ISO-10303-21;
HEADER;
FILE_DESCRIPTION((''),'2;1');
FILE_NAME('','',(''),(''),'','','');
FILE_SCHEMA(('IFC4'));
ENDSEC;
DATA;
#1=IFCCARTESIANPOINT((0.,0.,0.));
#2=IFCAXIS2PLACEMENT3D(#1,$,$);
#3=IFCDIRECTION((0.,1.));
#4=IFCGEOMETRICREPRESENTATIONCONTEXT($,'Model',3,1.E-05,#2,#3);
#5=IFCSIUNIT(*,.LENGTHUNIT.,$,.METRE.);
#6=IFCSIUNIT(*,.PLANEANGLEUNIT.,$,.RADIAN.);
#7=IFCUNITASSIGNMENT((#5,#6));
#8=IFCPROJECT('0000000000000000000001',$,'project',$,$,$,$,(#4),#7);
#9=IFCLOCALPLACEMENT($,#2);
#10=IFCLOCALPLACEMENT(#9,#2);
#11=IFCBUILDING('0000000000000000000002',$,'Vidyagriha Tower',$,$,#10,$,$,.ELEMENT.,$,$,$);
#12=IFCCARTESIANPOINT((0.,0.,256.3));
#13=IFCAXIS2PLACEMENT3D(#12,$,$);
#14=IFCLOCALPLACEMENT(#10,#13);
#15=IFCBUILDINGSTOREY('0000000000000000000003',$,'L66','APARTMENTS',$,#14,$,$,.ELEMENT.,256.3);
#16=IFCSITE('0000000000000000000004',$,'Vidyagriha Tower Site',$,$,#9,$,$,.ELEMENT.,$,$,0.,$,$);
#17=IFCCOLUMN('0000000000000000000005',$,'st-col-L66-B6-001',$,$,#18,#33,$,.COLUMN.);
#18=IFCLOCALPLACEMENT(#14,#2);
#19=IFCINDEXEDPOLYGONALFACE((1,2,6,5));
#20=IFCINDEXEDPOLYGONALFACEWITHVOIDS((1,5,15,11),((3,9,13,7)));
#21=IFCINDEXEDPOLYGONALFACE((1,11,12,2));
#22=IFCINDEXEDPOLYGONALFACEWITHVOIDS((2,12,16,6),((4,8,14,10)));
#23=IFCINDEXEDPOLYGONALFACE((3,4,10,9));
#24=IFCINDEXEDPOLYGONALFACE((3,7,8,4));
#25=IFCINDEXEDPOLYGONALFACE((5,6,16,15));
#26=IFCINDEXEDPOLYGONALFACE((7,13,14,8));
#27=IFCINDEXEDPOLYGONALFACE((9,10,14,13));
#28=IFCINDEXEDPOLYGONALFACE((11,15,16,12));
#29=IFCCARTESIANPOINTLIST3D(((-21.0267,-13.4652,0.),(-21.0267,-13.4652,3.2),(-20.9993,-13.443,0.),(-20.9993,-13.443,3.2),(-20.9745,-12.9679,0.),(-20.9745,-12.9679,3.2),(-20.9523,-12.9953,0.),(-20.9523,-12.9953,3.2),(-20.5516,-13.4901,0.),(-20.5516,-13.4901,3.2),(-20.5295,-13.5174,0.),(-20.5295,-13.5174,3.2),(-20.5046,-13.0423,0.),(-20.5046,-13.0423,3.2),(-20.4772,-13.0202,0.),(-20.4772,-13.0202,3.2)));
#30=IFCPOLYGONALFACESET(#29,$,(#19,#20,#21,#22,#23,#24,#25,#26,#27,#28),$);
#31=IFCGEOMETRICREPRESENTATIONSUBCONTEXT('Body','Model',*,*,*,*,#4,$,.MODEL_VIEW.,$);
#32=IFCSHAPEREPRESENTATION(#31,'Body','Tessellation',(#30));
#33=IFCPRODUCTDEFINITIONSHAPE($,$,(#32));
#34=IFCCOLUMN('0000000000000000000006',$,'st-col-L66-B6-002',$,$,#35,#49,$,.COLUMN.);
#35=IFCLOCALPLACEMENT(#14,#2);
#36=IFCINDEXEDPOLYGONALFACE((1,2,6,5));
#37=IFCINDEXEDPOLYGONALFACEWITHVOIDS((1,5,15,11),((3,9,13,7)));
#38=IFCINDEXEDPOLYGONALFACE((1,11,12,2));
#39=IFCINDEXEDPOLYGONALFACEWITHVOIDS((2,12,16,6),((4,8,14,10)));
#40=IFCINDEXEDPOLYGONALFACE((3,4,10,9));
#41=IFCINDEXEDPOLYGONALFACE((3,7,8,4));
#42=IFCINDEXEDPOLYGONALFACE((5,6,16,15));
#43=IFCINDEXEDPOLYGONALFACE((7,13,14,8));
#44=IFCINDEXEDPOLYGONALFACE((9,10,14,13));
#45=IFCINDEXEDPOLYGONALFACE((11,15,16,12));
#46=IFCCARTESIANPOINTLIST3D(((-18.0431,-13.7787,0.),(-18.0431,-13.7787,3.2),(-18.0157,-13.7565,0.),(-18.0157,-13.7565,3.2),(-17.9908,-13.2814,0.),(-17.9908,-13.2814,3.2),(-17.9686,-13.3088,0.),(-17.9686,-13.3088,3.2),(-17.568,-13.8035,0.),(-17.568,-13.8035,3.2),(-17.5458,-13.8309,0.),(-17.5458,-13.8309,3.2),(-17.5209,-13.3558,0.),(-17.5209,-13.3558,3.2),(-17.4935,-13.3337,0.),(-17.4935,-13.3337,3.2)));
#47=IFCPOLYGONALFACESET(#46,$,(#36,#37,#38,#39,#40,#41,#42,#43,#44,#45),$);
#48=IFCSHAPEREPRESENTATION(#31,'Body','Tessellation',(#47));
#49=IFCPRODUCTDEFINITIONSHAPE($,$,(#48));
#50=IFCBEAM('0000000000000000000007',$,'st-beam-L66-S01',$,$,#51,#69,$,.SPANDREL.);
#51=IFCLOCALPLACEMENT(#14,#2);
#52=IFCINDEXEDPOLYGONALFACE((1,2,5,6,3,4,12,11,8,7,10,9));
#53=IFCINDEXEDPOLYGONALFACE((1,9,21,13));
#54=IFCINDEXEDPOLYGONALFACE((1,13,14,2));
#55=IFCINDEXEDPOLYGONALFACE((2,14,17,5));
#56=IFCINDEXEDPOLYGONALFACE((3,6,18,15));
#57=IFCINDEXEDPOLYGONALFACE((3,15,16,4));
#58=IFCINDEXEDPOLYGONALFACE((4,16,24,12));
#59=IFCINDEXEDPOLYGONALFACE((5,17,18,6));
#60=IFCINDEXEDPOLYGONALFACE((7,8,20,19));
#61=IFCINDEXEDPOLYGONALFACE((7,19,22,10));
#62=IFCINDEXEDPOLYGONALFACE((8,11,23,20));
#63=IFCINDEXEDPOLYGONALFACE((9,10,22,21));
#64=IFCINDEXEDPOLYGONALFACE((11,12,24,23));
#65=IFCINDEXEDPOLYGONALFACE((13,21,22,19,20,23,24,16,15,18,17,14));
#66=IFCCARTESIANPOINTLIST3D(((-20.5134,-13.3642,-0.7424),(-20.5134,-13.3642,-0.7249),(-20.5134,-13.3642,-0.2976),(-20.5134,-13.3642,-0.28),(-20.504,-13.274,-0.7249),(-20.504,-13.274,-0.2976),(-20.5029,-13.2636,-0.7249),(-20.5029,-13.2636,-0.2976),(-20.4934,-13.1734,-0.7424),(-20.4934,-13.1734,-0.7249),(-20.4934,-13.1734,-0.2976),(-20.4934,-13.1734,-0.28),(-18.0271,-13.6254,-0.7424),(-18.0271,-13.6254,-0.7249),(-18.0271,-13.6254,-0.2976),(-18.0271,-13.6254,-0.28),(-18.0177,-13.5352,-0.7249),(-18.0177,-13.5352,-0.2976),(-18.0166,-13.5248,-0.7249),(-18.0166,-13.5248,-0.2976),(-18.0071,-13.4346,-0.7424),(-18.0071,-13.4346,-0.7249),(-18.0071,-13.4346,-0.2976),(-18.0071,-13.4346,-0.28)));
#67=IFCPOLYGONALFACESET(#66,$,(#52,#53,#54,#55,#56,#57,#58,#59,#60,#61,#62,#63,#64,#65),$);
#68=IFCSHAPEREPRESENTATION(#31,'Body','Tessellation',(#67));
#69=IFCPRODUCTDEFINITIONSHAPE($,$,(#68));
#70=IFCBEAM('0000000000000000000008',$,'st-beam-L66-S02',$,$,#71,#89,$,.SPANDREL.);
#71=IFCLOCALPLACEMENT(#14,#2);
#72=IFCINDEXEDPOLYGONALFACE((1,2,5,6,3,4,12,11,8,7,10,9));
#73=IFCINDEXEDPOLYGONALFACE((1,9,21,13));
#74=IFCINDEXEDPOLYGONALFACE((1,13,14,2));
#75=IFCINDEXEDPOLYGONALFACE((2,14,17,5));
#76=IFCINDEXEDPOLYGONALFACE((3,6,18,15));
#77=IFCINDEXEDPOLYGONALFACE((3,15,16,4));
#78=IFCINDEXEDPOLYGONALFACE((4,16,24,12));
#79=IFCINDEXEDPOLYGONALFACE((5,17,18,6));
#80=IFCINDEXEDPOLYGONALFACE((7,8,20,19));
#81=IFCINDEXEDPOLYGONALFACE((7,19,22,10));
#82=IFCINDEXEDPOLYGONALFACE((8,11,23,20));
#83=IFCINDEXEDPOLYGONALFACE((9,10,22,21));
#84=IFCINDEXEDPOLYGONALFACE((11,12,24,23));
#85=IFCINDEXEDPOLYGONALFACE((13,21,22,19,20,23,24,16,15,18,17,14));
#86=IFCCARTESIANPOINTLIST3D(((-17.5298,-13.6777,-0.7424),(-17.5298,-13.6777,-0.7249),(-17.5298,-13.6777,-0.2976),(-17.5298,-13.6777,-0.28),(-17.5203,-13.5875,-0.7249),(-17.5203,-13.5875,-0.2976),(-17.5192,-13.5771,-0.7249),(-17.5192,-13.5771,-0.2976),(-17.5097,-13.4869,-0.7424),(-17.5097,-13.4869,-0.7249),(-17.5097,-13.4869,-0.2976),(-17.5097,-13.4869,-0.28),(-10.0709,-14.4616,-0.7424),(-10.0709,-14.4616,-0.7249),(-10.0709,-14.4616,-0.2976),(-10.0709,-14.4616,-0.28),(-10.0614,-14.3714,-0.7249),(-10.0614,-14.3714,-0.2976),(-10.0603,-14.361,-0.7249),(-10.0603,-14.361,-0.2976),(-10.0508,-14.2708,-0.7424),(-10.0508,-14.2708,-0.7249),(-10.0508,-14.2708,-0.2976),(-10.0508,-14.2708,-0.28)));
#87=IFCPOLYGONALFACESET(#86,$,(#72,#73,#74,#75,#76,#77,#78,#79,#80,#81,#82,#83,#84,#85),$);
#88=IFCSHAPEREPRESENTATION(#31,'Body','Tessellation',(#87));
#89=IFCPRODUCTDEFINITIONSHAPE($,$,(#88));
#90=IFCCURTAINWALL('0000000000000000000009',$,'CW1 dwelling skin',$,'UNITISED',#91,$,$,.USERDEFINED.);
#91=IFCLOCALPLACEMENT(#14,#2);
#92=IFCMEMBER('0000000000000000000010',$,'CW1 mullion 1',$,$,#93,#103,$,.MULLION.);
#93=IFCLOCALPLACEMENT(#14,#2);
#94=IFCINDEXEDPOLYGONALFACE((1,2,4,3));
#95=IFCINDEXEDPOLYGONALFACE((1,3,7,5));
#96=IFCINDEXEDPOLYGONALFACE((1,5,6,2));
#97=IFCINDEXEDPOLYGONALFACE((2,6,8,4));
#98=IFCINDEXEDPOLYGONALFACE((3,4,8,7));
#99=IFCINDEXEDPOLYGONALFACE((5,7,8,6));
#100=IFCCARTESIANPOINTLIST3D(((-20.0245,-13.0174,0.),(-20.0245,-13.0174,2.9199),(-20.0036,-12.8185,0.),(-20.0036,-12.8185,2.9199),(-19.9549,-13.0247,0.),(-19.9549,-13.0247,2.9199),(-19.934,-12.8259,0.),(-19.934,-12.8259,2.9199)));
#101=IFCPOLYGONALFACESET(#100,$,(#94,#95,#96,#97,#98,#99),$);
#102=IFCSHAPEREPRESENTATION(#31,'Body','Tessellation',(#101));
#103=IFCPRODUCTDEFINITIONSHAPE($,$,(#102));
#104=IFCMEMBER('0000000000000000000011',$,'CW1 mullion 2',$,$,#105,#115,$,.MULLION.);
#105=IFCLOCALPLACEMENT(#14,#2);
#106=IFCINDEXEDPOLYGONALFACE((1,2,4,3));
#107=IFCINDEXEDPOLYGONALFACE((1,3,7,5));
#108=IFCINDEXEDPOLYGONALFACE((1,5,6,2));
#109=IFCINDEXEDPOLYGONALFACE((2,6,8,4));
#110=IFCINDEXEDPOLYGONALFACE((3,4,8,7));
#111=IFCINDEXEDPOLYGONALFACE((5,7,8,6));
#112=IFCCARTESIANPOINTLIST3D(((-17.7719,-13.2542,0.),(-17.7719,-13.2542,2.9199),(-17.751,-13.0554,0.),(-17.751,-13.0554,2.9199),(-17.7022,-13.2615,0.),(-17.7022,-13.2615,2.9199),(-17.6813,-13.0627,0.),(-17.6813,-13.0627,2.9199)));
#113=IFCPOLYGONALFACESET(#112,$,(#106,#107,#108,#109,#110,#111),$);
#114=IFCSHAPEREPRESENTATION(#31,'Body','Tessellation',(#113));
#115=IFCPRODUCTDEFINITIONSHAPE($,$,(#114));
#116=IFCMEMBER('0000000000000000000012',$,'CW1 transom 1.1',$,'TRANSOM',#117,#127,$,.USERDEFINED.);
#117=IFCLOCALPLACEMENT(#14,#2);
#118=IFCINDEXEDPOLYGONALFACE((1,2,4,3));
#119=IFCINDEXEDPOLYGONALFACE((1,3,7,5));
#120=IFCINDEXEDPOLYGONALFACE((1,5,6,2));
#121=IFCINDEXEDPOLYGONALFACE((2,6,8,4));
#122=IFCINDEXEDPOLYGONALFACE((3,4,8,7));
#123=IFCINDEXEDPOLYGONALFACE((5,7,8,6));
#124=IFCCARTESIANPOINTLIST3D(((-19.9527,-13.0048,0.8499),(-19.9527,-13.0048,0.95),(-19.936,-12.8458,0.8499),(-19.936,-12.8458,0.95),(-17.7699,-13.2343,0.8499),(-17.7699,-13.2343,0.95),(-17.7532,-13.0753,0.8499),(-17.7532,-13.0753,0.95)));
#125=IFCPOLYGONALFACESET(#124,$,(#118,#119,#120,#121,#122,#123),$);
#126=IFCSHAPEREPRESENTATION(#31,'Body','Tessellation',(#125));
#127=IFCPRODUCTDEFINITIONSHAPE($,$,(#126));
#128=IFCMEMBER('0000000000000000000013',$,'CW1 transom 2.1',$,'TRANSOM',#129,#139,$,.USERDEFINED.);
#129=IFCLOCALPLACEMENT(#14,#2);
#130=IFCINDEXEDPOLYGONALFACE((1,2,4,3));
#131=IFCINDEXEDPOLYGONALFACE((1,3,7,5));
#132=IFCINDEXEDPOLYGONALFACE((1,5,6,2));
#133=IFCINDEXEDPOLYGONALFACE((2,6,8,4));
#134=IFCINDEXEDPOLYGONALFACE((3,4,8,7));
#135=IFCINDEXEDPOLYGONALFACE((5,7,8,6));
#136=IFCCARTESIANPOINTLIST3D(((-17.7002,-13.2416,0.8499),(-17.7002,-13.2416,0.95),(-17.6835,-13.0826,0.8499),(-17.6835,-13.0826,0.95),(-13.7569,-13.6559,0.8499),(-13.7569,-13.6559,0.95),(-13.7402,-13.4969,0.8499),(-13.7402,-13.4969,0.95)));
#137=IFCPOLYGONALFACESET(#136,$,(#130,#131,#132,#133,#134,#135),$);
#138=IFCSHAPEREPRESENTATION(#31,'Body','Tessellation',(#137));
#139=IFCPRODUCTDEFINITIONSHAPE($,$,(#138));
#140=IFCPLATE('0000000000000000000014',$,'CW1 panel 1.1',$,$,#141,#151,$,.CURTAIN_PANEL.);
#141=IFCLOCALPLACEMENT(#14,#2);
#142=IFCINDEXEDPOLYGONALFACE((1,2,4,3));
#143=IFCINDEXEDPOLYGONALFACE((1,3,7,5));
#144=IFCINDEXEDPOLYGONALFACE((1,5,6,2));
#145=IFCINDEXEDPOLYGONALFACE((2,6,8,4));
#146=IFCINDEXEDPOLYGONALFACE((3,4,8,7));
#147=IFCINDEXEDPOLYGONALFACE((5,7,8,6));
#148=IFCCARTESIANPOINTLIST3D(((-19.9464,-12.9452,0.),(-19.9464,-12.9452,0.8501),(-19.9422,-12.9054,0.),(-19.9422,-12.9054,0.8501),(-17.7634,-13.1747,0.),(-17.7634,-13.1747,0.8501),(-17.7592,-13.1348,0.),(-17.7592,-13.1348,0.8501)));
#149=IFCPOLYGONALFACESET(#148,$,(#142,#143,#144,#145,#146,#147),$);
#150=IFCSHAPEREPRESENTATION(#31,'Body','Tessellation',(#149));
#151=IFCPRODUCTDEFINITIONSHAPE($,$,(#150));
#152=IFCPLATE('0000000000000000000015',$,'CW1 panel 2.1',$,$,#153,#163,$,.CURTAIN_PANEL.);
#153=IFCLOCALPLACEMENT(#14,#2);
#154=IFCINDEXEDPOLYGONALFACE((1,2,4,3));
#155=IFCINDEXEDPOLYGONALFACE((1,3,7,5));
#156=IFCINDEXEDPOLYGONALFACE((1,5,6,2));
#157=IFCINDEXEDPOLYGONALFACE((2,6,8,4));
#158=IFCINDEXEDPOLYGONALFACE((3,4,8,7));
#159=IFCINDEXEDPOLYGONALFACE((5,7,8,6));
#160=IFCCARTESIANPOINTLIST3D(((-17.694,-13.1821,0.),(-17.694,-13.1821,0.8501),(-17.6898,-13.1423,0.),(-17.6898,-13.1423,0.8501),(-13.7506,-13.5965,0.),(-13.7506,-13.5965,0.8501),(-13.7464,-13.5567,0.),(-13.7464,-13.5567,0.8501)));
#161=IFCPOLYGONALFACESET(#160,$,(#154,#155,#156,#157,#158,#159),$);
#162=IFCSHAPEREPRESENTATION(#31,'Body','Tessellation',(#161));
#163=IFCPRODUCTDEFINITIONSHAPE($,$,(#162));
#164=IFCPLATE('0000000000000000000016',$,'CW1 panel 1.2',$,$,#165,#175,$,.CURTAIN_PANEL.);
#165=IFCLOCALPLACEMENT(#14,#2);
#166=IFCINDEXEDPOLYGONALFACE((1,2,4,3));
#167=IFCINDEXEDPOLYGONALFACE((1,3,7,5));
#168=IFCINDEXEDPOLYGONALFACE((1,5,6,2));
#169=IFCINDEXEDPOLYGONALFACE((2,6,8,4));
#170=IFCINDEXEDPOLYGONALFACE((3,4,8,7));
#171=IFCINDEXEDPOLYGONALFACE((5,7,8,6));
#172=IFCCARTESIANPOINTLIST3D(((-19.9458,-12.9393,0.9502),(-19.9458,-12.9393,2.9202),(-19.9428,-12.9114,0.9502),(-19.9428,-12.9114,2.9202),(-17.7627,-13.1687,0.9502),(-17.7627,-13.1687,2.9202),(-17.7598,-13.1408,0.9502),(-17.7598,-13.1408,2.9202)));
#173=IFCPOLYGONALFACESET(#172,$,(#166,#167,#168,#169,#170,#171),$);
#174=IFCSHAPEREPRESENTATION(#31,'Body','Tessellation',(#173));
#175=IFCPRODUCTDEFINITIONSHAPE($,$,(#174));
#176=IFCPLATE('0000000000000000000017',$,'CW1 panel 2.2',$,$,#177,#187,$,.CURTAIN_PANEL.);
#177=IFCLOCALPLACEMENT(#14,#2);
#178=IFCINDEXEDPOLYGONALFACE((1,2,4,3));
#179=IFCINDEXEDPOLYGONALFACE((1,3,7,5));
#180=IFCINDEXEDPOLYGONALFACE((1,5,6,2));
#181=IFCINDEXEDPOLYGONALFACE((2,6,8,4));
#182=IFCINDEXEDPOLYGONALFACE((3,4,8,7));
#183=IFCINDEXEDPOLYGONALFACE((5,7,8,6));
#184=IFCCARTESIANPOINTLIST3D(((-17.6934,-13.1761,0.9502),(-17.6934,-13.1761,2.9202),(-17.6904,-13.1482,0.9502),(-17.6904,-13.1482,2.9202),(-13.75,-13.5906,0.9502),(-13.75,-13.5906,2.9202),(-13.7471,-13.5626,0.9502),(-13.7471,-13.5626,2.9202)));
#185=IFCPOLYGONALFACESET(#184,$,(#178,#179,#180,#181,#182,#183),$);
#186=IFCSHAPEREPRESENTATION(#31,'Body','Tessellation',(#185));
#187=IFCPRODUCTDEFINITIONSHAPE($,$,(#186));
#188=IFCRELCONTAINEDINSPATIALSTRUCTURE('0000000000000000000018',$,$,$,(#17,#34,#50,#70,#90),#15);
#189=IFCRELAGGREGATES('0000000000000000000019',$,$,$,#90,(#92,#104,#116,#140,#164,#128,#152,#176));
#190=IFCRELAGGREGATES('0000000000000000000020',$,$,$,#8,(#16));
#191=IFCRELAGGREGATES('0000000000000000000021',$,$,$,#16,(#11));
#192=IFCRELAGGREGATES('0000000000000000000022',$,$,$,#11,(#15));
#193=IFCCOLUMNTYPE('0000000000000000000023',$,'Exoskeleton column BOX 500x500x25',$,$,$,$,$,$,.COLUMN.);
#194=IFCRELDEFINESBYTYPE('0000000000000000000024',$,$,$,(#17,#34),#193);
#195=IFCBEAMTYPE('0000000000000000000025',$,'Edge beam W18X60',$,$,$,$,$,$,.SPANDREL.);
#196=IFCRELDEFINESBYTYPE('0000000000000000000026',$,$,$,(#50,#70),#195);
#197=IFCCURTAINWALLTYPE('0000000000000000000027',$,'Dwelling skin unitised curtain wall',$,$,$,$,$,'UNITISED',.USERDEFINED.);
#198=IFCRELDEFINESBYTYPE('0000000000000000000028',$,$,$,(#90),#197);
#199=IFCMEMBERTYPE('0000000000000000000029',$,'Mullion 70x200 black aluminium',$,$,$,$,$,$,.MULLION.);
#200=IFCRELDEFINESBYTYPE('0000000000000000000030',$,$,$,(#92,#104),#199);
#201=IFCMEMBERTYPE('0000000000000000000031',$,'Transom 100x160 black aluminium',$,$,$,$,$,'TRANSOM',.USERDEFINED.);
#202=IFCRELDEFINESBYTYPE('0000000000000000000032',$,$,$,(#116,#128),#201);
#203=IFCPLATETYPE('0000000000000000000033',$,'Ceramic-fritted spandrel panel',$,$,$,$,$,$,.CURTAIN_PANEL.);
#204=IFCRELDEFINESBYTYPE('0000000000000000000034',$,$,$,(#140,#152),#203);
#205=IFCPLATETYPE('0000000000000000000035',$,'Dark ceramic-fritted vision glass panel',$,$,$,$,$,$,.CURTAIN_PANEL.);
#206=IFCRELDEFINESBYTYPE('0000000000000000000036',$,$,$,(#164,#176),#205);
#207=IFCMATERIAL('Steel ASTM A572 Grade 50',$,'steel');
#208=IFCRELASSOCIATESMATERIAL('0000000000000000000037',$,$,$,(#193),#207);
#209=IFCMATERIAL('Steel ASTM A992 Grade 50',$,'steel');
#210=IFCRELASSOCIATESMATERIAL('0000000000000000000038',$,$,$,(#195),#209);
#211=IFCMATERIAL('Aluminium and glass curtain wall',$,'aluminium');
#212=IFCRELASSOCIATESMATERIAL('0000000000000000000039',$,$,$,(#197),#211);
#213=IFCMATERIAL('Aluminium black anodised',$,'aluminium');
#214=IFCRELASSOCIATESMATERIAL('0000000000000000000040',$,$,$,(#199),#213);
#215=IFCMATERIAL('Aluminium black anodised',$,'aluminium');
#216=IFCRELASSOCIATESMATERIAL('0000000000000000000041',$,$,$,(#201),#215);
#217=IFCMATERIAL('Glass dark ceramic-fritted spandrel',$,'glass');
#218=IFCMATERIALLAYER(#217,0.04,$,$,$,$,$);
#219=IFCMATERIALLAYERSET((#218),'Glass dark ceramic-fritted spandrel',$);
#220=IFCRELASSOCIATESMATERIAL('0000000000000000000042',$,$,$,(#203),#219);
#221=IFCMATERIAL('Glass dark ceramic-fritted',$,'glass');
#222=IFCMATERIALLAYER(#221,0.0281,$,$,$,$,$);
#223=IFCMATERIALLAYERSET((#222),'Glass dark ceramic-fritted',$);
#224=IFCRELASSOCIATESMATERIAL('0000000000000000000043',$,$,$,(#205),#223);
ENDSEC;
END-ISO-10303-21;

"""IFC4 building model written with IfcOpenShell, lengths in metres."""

from ifc_helpers import new_model, si_unit, direction, frame, origin, origin_2d, place, context, subcontext, project, spatial, rectangle, hollow_rectangle, i_section, extrude, material, layer, layer_set, material_profile, profile_set, type_object, element, aggregate, save


model = new_model("IFC4")

# Units and contexts
model_context = context("Model", 3, precision=1e-05, world=origin(), true_north=direction((0.0, 1.0)))
body_context = subcontext(model_context, "Body", "Model", "MODEL_VIEW")
ifc_project = project(units=[si_unit("LENGTHUNIT", "METRE"), si_unit("PLANEANGLEUNIT", "RADIAN")], contexts=[model_context])

# Site, building, storey
site_placement = place(None, origin())
site = spatial("IfcSite", under=ifc_project, at=site_placement, Name="Vidyagriha Tower Site", CompositionType="ELEMENT", RefElevation=0.0)
building_placement = place(site_placement, origin())
building = spatial("IfcBuilding", under=site, at=building_placement, Name="Vidyagriha Tower", CompositionType="ELEMENT")
storey_placement = place(building_placement, frame((0.0, 0.0, 256.3)))
storey = spatial("IfcBuildingStorey", under=building, at=storey_placement, Name="L66", Description="APARTMENTS", CompositionType="ELEMENT", Elevation=256.3)

# Columns
ifc_material_1 = material(Name="Steel ASTM A572 Grade 50", Category="steel")
ifc_material_profile_1 = material_profile(ifc_material_1, hollow_rectangle(XDim=0.5, YDim=0.5, WallThickness=0.0249, at=origin_2d()), Name="BOX 500x500x25")
ifc_profile_set_1 = profile_set([ifc_material_profile_1], Name="Steel ASTM A572 Grade 50")
column_type = type_object("IfcColumnType", Name="Exoskeleton column BOX 500x500x25", PredefinedType="COLUMN", material=ifc_profile_set_1)
for number, where, z_axis, x_axis, name in (
    (1, (-20.752, -13.2427, 0.0), (0.0, 0.0, 1.0), (0.994522, -0.104528, 0.0), "st-col-L66-B6-001"),
    (2, (-17.7683, -13.5562, 0.0), (0.0, 0.0, 1.0), (0.994522, -0.104528, 0.0), "st-col-L66-B6-002"),
):
    element("IfcColumn", number, at=place(storey_placement, frame(where, z_axis=z_axis, x_axis=x_axis)), inside=storey, type_object=column_type, Name=name, PredefinedType="COLUMN", context=body_context, shape_type="SweptSolid", body=[
        extrude(hollow_rectangle(XDim=0.5, YDim=0.5, WallThickness=0.0249, at=origin_2d()), origin(), (0.0, 0.0, 1.0), 3.2),
    ])

# Beams
ifc_material_2 = material(Name="Steel ASTM A992 Grade 50", Category="steel")
ifc_material_profile_2 = material_profile(ifc_material_2, i_section(OverallWidth=0.1919, OverallDepth=0.4624, WebThickness=0.0105, FlangeThickness=0.0176, at=origin_2d()), Name="W18X60")
ifc_profile_set_2 = profile_set([ifc_material_profile_2], Name="Steel ASTM A992 Grade 50")
beam_type = type_object("IfcBeamType", Name="Edge beam W18X60", PredefinedType="SPANDREL", material=ifc_profile_set_2)
beam_1_placement = place(storey_placement, frame((-20.5034, -13.2688, -0.5112), z_axis=(0.994526, -0.104492, 0.0), x_axis=(0.104492, 0.994526, 0.0)))
element("IfcBeam", 3, at=beam_1_placement, inside=storey, type_object=beam_type, Name="st-beam-L66-S01", PredefinedType="SPANDREL", context=body_context, shape_type="SweptSolid", body=[
    extrude(i_section(OverallWidth=0.1919, OverallDepth=0.4624, WebThickness=0.0105, FlangeThickness=0.0176, at=origin_2d()), origin(), (0.0, 0.0, 1.0), 2.5),
])
beam_2_placement = place(storey_placement, frame((-17.5198, -13.5823, -0.5112), z_axis=(0.994522, -0.104524, 0.0), x_axis=(0.104524, 0.994522, 0.0)))
element("IfcBeam", 4, at=beam_2_placement, inside=storey, type_object=beam_type, Name="st-beam-L66-S02", PredefinedType="SPANDREL", context=body_context, shape_type="SweptSolid", body=[
    extrude(i_section(OverallWidth=0.1919, OverallDepth=0.4624, WebThickness=0.0105, FlangeThickness=0.0176, at=origin_2d()), origin(), (0.0, 0.0, 1.0), 7.5),
])

# Curtain wall, members, plates
ifc_material_3 = material(Name="Aluminium and glass curtain wall", Category="aluminium")
curtain_wall_type = type_object("IfcCurtainWallType", Name="Dwelling skin unitised curtain wall", ElementType="UNITISED", PredefinedType="USERDEFINED", material=ifc_material_3)
curtain_wall_placement = place(storey_placement, origin())
curtain_wall = element("IfcCurtainWall", 5, at=curtain_wall_placement, inside=storey, type_object=curtain_wall_type, Name="CW1 dwelling skin", ObjectType="UNITISED", PredefinedType="USERDEFINED")
ifc_material_4 = material(Name="Aluminium black anodised", Category="aluminium")
ifc_material_profile_3 = material_profile(ifc_material_4, rectangle(XDim=0.2, YDim=0.0701, at=origin_2d()), Name="Mullion 70x200 black aluminium")
ifc_profile_set_3 = profile_set([ifc_material_profile_3], Name="Aluminium black anodised")
member_type_1 = type_object("IfcMemberType", Name="Mullion 70x200 black aluminium", PredefinedType="MULLION", material=ifc_profile_set_3)
member_1_placement = place(storey_placement, frame((-19.9792, -12.9216, 0.0), z_axis=(0.0, 0.0, 1.0), x_axis=(0.104524, 0.994522, 0.0)))
member_1 = element("IfcMember", 6, at=member_1_placement, type_object=member_type_1, Name="CW1 mullion 1", PredefinedType="MULLION", context=body_context, shape_type="SweptSolid", body=[
    extrude(rectangle(XDim=0.2, YDim=0.0701, at=origin_2d()), origin(), (0.0, 0.0, 1.0), 2.9199),
])
member_2_placement = place(storey_placement, frame((-17.7266, -13.1584, 0.0), z_axis=(0.0, 0.0, 1.0), x_axis=(0.104524, 0.994522, 0.0)))
member_2 = element("IfcMember", 7, at=member_2_placement, type_object=member_type_1, Name="CW1 mullion 2", PredefinedType="MULLION", context=body_context, shape_type="SweptSolid", body=[
    extrude(rectangle(XDim=0.2, YDim=0.0701, at=origin_2d()), origin(), (0.0, 0.0, 1.0), 2.9199),
])
ifc_material_5 = material(Name="Aluminium black anodised", Category="aluminium")
ifc_material_profile_4 = material_profile(ifc_material_5, rectangle(XDim=0.1599, YDim=0.1001, at=origin_2d()), Name="Transom 100x160 black aluminium")
ifc_profile_set_4 = profile_set([ifc_material_profile_4], Name="Aluminium black anodised")
member_type_2 = type_object("IfcMemberType", Name="Transom 100x160 black aluminium", ElementType="TRANSOM", PredefinedType="USERDEFINED", material=ifc_profile_set_4)
member_3_placement = place(storey_placement, frame((-19.9443, -12.9253, 0.8999), z_axis=(0.994519, -0.104557, 0.0), x_axis=(0.104557, 0.994519, 0.0)))
member_3 = element("IfcMember", 8, at=member_3_placement, type_object=member_type_2, Name="CW1 transom 1.1", ObjectType="TRANSOM", PredefinedType="USERDEFINED", context=body_context, shape_type="SweptSolid", body=[
    extrude(rectangle(XDim=0.1599, YDim=0.1001, at=origin_2d()), origin(), (0.0, 0.0, 1.0), 2.1948),
])
member_4_placement = place(storey_placement, frame((-17.6919, -13.1621, 0.8999), z_axis=(0.994526, -0.104489, 0.0), x_axis=(0.104489, 0.994526, 0.0)))
member_4 = element("IfcMember", 9, at=member_4_placement, type_object=member_type_2, Name="CW1 transom 2.1", ObjectType="TRANSOM", PredefinedType="USERDEFINED", context=body_context, shape_type="SweptSolid", body=[
    extrude(rectangle(XDim=0.1599, YDim=0.1001, at=origin_2d()), origin(), (0.0, 0.0, 1.0), 3.9651),
])
ifc_material_6 = material(Name="Glass dark ceramic-fritted spandrel", Category="glass")
ifc_layer_1 = layer(ifc_material_6, 0.04)
ifc_layer_set_1 = layer_set([ifc_layer_1], Name="Glass dark ceramic-fritted spandrel")
plate_type_1 = type_object("IfcPlateType", Name="Ceramic-fritted spandrel panel", PredefinedType="CURTAIN_PANEL", material=ifc_layer_set_1)
plate_1_placement = place(storey_placement, frame((-18.8528, -13.04, 0.0), z_axis=(0.0, 0.0, 1.0), x_axis=(0.994522, -0.104524, 0.0)))
plate_1 = element("IfcPlate", 10, at=plate_1_placement, type_object=plate_type_1, Name="CW1 panel 1.1", PredefinedType="CURTAIN_PANEL", context=body_context, shape_type="SweptSolid", body=[
    extrude(rectangle(XDim=2.1951, YDim=0.04, at=origin_2d()), origin(), (0.0, 0.0, 1.0), 0.8501),
])
plate_2_placement = place(storey_placement, frame((-15.7202, -13.3694, 0.0), z_axis=(0.0, 0.0, 1.0), x_axis=(0.994522, -0.104524, 0.0)))
plate_2 = element("IfcPlate", 11, at=plate_2_placement, type_object=plate_type_1, Name="CW1 panel 2.1", PredefinedType="CURTAIN_PANEL", context=body_context, shape_type="SweptSolid", body=[
    extrude(rectangle(XDim=3.9651, YDim=0.04, at=origin_2d()), origin(), (0.0, 0.0, 1.0), 0.8501),
])
ifc_material_7 = material(Name="Glass dark ceramic-fritted", Category="glass")
ifc_layer_2 = layer(ifc_material_7, 0.0281)
ifc_layer_set_2 = layer_set([ifc_layer_2], Name="Glass dark ceramic-fritted")
plate_type_2 = type_object("IfcPlateType", Name="Dark ceramic-fritted vision glass panel", PredefinedType="CURTAIN_PANEL", material=ifc_layer_set_2)
plate_3_placement = place(storey_placement, frame((-18.8528, -13.04, 0.9502), z_axis=(0.0, 0.0, 1.0), x_axis=(0.994522, -0.104524, 0.0)))
plate_3 = element("IfcPlate", 12, at=plate_3_placement, type_object=plate_type_2, Name="CW1 panel 1.2", PredefinedType="CURTAIN_PANEL", context=body_context, shape_type="SweptSolid", body=[
    extrude(rectangle(XDim=2.1951, YDim=0.0281, at=origin_2d()), origin(), (0.0, 0.0, 1.0), 1.97),
])
plate_4_placement = place(storey_placement, frame((-15.7202, -13.3694, 0.9502), z_axis=(0.0, 0.0, 1.0), x_axis=(0.994522, -0.104524, 0.0)))
plate_4 = element("IfcPlate", 13, at=plate_4_placement, type_object=plate_type_2, Name="CW1 panel 2.2", PredefinedType="CURTAIN_PANEL", context=body_context, shape_type="SweptSolid", body=[
    extrude(rectangle(XDim=3.9651, YDim=0.0281, at=origin_2d()), origin(), (0.0, 0.0, 1.0), 1.97),
])
aggregate(curtain_wall, [member_1, member_2, member_3, plate_1, plate_3, member_4, plate_2, plate_4])

save(model, "model.ifc")
